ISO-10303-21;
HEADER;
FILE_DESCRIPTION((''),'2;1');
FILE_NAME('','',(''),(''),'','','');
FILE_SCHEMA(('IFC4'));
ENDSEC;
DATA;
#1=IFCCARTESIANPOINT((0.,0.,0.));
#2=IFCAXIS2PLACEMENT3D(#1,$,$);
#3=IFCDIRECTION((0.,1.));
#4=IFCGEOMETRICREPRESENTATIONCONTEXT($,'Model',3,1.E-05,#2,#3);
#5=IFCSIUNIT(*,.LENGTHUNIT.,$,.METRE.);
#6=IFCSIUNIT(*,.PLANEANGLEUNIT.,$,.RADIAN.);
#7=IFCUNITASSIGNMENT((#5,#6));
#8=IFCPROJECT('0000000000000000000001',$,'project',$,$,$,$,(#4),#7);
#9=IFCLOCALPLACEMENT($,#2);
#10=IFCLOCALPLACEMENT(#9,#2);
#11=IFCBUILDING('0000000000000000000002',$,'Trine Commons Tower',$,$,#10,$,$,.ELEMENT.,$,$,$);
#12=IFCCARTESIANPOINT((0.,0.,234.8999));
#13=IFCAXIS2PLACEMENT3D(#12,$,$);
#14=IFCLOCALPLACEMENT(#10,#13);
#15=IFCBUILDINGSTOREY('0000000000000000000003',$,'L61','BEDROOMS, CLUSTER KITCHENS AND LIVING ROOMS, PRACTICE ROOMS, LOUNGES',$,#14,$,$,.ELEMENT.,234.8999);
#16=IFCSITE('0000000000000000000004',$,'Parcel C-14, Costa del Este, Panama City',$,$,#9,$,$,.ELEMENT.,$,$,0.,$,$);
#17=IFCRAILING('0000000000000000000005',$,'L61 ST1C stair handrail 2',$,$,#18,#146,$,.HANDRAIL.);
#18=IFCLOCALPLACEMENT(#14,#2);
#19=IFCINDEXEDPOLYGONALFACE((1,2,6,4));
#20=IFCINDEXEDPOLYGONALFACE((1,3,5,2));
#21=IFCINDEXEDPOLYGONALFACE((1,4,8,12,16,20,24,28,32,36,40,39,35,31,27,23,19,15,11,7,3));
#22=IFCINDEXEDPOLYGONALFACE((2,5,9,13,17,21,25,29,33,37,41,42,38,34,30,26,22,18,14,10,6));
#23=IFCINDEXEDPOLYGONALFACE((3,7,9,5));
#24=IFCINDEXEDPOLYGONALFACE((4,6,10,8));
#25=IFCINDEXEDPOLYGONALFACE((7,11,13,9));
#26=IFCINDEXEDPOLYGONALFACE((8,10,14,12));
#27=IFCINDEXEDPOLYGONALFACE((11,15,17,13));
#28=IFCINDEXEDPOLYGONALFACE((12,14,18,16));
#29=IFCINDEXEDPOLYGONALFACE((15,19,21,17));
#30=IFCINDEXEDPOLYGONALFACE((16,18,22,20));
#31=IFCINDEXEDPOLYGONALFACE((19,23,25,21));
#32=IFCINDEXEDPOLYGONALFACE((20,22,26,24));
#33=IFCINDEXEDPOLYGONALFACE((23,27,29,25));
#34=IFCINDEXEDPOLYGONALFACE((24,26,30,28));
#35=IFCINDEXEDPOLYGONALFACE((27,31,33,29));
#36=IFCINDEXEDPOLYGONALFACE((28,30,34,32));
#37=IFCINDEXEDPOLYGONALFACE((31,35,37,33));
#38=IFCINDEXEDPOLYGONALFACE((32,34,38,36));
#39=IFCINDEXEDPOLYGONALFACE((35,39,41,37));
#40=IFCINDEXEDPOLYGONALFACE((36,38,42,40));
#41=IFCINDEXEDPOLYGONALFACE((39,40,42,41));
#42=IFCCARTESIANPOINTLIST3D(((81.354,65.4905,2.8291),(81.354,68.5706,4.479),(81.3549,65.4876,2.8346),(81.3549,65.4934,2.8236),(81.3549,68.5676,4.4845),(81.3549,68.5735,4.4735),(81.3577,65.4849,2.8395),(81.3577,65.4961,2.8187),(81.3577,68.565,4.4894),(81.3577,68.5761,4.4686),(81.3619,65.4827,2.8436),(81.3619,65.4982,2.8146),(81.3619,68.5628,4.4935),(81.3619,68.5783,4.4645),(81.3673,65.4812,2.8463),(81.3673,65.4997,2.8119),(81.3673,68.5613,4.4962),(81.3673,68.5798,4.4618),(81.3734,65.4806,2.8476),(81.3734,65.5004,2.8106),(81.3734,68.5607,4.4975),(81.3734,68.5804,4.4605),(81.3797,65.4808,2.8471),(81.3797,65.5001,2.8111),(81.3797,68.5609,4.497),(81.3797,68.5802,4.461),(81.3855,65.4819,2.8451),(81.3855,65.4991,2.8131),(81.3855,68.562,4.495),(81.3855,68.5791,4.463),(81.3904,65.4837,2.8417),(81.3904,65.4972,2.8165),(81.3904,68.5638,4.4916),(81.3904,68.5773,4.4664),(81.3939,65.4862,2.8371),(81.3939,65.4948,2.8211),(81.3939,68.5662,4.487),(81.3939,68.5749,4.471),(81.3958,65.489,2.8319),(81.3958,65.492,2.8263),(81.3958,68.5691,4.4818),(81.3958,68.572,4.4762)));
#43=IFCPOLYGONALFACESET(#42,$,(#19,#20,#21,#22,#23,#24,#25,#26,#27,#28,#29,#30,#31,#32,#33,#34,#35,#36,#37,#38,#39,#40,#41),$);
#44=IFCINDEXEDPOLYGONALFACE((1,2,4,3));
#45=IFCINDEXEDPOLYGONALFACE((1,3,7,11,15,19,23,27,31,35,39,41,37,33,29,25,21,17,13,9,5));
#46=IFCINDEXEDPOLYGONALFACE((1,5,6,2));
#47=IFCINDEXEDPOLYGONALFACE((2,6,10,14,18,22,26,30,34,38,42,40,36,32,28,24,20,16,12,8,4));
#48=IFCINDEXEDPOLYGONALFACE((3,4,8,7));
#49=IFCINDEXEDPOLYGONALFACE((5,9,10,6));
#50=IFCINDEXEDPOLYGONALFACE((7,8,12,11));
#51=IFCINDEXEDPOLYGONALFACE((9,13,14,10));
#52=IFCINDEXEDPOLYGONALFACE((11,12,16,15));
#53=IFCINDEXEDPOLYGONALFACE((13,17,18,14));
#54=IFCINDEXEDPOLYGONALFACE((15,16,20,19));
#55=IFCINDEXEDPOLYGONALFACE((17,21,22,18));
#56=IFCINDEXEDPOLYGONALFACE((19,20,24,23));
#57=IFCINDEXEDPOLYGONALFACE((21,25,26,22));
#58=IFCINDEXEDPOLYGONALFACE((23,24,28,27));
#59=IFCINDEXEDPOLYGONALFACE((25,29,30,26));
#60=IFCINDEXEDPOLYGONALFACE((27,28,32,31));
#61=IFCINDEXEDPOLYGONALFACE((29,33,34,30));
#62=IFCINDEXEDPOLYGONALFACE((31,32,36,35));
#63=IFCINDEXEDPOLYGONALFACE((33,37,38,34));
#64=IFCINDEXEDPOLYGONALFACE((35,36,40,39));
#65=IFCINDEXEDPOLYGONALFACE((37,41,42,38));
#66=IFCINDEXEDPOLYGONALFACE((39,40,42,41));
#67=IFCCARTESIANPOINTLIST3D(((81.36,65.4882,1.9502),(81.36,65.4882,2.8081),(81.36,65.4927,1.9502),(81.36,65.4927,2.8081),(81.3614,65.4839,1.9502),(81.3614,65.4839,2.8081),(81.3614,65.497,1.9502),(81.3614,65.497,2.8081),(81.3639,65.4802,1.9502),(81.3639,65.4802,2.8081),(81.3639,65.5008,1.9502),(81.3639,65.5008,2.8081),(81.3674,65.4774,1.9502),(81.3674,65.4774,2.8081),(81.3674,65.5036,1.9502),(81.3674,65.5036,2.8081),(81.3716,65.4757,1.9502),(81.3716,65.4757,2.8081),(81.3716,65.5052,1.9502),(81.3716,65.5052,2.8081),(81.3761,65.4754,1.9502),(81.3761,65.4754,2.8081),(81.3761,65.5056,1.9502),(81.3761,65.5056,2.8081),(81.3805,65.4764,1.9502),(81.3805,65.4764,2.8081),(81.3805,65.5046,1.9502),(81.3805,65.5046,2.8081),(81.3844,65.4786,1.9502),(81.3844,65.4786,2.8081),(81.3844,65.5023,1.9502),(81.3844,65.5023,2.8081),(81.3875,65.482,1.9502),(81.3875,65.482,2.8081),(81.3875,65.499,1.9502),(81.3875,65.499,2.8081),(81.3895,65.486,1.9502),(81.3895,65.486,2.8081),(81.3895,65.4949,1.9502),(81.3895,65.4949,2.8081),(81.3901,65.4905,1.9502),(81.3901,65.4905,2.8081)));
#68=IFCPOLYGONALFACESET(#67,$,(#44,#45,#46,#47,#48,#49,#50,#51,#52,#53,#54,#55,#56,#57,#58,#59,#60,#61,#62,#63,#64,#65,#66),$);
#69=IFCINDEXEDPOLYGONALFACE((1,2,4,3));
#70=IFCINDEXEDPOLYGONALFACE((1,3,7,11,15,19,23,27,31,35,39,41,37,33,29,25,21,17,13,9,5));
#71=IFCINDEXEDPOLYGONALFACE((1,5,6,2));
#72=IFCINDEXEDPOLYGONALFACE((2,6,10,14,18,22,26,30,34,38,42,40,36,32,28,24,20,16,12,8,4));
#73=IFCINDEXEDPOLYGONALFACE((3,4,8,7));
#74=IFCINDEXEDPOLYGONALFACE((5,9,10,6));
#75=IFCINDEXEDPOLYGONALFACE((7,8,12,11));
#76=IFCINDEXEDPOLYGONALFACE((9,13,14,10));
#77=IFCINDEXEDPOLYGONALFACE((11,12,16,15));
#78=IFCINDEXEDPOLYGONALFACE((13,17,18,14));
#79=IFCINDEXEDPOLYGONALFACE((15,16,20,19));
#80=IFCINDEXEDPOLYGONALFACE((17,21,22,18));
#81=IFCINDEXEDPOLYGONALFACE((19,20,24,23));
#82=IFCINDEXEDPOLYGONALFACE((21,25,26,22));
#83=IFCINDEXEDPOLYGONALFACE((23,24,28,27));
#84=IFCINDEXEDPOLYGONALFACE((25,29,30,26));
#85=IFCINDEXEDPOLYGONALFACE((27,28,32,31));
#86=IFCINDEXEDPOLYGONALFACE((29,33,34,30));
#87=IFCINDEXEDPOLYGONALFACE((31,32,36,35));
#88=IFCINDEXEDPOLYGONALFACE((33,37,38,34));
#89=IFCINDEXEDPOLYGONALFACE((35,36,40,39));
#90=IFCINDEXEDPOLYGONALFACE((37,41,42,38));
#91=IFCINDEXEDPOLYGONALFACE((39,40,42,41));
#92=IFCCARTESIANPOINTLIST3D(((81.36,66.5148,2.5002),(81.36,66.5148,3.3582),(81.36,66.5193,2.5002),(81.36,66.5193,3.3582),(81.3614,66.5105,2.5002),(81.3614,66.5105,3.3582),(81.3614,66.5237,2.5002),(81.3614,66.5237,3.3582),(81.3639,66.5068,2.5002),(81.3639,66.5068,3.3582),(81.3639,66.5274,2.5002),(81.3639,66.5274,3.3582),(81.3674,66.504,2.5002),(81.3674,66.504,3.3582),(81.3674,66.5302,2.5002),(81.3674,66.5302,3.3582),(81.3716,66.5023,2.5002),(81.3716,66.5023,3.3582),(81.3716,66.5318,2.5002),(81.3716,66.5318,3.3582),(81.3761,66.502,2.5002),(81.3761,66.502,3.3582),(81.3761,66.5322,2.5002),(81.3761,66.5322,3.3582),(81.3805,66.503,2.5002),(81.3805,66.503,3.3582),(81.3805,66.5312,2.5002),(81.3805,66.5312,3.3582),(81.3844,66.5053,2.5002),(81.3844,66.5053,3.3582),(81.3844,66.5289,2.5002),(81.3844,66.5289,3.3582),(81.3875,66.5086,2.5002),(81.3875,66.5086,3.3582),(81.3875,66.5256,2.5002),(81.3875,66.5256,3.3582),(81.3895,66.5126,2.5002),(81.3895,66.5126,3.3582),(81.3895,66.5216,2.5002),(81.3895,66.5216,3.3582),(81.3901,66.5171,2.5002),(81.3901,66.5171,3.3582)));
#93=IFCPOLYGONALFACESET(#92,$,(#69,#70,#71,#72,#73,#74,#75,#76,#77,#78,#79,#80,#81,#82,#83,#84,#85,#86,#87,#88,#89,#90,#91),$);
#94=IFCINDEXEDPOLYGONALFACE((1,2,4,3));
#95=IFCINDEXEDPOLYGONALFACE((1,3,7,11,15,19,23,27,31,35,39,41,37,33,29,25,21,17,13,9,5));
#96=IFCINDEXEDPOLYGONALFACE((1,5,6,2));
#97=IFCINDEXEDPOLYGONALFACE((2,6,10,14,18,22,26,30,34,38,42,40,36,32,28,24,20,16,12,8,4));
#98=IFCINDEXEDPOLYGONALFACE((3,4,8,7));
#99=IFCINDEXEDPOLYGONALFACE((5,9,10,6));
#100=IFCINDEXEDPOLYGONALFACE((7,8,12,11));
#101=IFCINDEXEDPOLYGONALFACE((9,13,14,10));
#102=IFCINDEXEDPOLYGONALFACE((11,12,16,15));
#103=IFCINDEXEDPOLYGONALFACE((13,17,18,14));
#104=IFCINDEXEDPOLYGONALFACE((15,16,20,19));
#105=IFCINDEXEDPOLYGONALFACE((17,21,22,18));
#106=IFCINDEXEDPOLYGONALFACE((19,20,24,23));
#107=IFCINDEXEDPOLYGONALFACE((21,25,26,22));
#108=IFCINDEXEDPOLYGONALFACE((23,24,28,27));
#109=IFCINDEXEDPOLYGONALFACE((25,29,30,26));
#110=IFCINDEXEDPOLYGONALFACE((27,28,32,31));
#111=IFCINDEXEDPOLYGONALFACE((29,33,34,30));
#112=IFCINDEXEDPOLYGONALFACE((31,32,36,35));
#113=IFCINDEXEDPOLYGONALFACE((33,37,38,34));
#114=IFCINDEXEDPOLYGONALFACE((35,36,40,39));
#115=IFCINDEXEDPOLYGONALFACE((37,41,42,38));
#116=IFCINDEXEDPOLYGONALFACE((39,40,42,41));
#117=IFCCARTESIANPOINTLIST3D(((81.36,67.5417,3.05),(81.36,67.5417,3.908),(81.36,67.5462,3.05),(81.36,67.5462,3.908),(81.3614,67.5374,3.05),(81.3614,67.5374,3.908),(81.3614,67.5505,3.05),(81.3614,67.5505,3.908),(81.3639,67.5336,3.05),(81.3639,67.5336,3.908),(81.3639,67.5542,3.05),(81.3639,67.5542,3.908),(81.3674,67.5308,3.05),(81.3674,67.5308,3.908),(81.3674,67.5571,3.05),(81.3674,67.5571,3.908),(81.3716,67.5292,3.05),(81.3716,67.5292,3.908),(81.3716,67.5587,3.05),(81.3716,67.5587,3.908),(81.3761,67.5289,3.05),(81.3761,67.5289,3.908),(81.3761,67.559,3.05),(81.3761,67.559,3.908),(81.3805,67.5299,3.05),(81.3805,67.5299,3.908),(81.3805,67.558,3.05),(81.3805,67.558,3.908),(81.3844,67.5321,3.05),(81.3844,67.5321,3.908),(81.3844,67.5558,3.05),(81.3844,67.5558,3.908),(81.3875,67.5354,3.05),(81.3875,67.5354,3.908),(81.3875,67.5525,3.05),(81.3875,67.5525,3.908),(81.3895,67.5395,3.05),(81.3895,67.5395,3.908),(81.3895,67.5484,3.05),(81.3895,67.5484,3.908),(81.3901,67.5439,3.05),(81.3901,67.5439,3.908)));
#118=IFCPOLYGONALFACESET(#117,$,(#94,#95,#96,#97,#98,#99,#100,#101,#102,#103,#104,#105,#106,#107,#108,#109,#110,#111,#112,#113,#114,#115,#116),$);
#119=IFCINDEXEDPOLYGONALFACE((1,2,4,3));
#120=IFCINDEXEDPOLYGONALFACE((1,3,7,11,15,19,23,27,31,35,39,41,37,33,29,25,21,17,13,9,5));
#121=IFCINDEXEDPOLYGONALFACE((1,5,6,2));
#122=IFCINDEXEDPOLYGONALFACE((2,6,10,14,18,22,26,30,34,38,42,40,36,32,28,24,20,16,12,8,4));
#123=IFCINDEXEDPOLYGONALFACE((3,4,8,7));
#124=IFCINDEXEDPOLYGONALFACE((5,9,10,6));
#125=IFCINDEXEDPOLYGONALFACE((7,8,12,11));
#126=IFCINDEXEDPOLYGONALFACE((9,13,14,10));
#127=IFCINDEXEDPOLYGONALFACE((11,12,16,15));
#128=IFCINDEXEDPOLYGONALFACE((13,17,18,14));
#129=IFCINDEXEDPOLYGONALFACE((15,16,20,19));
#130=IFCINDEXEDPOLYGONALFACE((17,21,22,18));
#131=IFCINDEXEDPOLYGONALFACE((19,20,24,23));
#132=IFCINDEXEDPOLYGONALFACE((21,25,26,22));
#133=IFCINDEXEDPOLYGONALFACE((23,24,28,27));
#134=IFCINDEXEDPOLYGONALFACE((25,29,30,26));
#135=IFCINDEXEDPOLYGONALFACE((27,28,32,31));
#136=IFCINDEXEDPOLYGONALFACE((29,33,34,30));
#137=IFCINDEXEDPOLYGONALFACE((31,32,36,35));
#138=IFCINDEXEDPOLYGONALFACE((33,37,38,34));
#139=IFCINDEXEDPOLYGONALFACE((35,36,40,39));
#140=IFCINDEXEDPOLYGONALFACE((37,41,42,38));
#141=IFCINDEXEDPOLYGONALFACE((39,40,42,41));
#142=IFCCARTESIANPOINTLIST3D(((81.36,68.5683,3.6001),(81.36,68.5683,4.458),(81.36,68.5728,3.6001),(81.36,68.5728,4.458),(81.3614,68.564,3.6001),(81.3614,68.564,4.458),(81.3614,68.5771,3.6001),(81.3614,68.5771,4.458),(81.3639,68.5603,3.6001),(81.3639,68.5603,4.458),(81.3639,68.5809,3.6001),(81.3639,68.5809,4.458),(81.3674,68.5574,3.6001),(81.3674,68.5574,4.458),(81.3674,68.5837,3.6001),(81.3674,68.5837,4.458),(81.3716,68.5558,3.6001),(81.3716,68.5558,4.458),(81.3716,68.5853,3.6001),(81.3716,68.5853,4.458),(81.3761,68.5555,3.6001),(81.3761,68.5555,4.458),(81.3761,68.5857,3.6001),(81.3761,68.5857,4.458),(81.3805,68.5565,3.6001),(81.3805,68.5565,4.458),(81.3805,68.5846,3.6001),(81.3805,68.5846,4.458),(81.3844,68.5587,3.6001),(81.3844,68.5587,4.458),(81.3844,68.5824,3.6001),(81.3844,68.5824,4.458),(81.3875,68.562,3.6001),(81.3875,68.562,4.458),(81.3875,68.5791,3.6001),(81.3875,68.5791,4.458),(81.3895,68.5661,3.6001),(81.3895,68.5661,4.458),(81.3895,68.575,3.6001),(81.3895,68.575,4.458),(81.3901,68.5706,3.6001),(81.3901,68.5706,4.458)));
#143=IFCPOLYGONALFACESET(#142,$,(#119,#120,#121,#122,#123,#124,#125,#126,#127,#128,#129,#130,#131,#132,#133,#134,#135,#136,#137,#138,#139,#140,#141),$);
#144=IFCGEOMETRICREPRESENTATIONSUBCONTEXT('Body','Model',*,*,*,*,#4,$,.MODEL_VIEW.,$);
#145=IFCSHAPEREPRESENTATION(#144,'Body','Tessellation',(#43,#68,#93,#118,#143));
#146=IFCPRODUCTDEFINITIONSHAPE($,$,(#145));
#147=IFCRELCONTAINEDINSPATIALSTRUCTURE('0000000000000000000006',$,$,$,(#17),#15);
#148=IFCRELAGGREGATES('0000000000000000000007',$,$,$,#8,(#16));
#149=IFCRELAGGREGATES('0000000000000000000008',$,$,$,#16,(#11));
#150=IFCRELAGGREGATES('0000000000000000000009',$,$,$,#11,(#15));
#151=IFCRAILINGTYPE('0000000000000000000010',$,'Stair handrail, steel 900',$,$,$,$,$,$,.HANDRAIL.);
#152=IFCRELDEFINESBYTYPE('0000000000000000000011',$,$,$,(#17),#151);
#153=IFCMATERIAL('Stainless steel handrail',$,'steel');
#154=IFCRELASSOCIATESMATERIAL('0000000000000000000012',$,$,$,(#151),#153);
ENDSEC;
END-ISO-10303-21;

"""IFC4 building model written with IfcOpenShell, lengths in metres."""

from ifc_helpers import new_model, si_unit, direction, frame, origin, origin_2d, place, context, subcontext, project, spatial, circle, extrude, material, type_object, element, save


model = new_model("IFC4")

# Units and contexts
model_context = context("Model", 3, precision=1e-05, world=origin(), true_north=direction((0.0, 1.0)))
body_context = subcontext(model_context, "Body", "Model", "MODEL_VIEW")
ifc_project = project(units=[si_unit("LENGTHUNIT", "METRE"), si_unit("PLANEANGLEUNIT", "RADIAN")], contexts=[model_context])

# Site, building, storey
site_placement = place(None, origin())
site = spatial("IfcSite", under=ifc_project, at=site_placement, Name="Parcel C-14, Costa del Este, Panama City", CompositionType="ELEMENT", RefElevation=0.0)
building_placement = place(site_placement, origin())
building = spatial("IfcBuilding", under=site, at=building_placement, Name="Trine Commons Tower", CompositionType="ELEMENT")
storey_placement = place(building_placement, frame((0.0, 0.0, 234.8999)))
storey = spatial("IfcBuildingStorey", under=building, at=storey_placement, Name="L61", Description="BEDROOMS, CLUSTER KITCHENS AND LIVING ROOMS, PRACTICE ROOMS, LOUNGES", CompositionType="ELEMENT", Elevation=234.8999)

# Railing
ifc_material_1 = material(Name="Stainless steel handrail", Category="steel")
railing_type_1 = type_object("IfcRailingType", Name="Stair handrail, steel 900", PredefinedType="HANDRAIL", material=ifc_material_1)
railing_1_placement = place(storey_placement, frame((81.375, 65.4905, 1.9502)))
element("IfcRailing", 1, at=railing_1_placement, inside=storey, type_object=railing_type_1, Name="L61 ST1C stair handrail 2", PredefinedType="HANDRAIL", context=body_context, shape_type="SweptSolid", body=[
    extrude(circle(Radius=0.021, at=origin_2d()), frame((0.0, 0.0, 0.8789), z_axis=(0.0, 0.881497, 0.47219), x_axis=(-1.0, 0.0, 0.0)), (0.0, 0.0, 1.0), 3.4941),
    extrude(circle(Radius=0.0151, at=origin_2d()), origin(), (0.0, 0.0, 1.0), 0.8579),
    extrude(circle(Radius=0.0151, at=origin_2d()), frame((0.0, 1.0266, 0.55)), (0.0, 0.0, 1.0), 0.8579),
    extrude(circle(Radius=0.0151, at=origin_2d()), frame((0.0, 2.0535, 1.0999)), (0.0, 0.0, 1.0), 0.8579),
    extrude(circle(Radius=0.0151, at=origin_2d()), frame((0.0, 3.0801, 1.6499)), (0.0, 0.0, 1.0), 0.8579),
])

save(model, "model.ifc")
